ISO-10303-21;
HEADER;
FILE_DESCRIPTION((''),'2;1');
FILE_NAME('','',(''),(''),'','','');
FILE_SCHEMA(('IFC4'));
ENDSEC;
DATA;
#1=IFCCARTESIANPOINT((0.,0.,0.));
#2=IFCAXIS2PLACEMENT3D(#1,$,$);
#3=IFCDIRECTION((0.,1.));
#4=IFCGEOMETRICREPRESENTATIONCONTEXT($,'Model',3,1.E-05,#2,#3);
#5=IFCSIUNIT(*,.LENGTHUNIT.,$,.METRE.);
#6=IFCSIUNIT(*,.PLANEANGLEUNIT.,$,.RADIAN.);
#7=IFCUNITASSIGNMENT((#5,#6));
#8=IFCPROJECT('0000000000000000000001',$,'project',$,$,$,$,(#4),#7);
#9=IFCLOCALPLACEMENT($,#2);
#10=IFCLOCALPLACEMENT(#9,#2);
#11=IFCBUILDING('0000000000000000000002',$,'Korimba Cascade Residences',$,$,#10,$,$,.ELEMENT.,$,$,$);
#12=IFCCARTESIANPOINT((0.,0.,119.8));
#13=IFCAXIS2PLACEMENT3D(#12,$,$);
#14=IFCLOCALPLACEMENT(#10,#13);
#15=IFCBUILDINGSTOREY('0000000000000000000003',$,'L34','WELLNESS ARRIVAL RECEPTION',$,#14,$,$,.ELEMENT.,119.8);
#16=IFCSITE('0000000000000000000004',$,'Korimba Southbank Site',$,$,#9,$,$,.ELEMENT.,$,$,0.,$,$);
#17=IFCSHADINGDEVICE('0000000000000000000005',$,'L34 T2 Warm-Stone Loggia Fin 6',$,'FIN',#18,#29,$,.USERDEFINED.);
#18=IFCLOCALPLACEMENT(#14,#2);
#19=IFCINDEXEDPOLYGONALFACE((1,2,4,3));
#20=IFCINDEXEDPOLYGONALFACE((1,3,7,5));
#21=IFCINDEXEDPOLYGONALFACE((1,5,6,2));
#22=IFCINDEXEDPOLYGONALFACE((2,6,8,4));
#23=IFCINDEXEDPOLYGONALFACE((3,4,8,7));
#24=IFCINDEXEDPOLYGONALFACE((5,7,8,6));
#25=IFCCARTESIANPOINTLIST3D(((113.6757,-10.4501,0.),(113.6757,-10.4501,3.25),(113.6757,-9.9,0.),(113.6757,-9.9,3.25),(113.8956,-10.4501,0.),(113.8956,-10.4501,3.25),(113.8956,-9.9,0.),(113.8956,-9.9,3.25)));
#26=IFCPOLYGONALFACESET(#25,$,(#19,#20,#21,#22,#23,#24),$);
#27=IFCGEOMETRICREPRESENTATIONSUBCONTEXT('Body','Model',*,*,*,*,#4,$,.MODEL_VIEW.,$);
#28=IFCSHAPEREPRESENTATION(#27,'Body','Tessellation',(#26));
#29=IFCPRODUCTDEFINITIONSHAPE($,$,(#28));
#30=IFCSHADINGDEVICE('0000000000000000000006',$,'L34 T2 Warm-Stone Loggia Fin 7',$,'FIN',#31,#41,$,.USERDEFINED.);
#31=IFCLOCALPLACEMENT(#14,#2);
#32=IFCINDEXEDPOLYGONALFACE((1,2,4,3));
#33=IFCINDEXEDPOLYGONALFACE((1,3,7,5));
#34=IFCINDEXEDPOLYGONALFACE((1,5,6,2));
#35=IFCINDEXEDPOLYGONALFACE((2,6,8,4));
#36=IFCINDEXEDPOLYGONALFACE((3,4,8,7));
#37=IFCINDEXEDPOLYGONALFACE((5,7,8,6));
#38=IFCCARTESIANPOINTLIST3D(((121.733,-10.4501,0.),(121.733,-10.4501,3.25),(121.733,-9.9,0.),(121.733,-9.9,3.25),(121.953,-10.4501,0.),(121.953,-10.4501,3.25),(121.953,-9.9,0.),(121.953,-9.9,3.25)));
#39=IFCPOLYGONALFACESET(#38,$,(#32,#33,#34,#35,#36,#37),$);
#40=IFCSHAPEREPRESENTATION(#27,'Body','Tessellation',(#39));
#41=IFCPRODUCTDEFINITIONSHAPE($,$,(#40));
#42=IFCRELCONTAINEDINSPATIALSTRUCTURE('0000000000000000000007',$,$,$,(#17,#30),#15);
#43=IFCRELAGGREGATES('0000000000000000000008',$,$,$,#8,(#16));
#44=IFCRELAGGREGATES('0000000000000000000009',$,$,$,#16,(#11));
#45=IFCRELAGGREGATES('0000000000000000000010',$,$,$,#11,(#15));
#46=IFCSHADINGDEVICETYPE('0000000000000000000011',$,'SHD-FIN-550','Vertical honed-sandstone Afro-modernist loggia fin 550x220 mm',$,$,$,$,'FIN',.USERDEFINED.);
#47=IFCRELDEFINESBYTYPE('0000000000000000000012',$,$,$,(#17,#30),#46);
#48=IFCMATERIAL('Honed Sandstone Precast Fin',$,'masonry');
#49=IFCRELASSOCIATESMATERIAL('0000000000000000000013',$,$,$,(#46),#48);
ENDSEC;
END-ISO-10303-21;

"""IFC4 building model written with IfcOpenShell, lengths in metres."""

from ifc_helpers import new_model, si_unit, direction, frame, origin, origin_2d, place, context, subcontext, project, spatial, rectangle, extrude, material, type_object, element, save


model = new_model("IFC4")

# Units and contexts
model_context = context("Model", 3, precision=1e-05, world=origin(), true_north=direction((0.0, 1.0)))
body_context = subcontext(model_context, "Body", "Model", "MODEL_VIEW")
ifc_project = project(units=[si_unit("LENGTHUNIT", "METRE"), si_unit("PLANEANGLEUNIT", "RADIAN")], contexts=[model_context])

# Site, building, storey
site_placement = place(None, origin())
site = spatial("IfcSite", under=ifc_project, at=site_placement, Name="Korimba Southbank Site", CompositionType="ELEMENT", RefElevation=0.0)
building_placement = place(site_placement, origin())
building = spatial("IfcBuilding", under=site, at=building_placement, Name="Korimba Cascade Residences", CompositionType="ELEMENT")
storey_placement = place(building_placement, frame((0.0, 0.0, 119.8)))
storey = spatial("IfcBuildingStorey", under=building, at=storey_placement, Name="L34", Description="WELLNESS ARRIVAL RECEPTION", CompositionType="ELEMENT", Elevation=119.8)

# Shading devices
ifc_material_1 = material(Name="Honed Sandstone Precast Fin", Category="masonry")
shading_device_type = type_object("IfcShadingDeviceType", Name="SHD-FIN-550", Description="Vertical honed-sandstone Afro-modernist loggia fin 550x220 mm", ElementType="FIN", PredefinedType="USERDEFINED", material=ifc_material_1)
for number, where, z_axis, x_axis, name in (
    (1, (113.7856, -10.175, 0.0), (0.0, 0.0, 1.0), (1.0, 0.0, 0.0), "L34 T2 Warm-Stone Loggia Fin 6"),
    (2, (121.843, -10.175, 0.0), (0.0, 0.0, 1.0), (1.0, 0.0, 0.0), "L34 T2 Warm-Stone Loggia Fin 7"),
):
    element("IfcShadingDevice", number, at=place(storey_placement, frame(where, z_axis=z_axis, x_axis=x_axis)), inside=storey, type_object=shading_device_type, Name=name, ObjectType="FIN", PredefinedType="USERDEFINED", context=body_context, shape_type="SweptSolid", body=[
        extrude(rectangle(XDim=0.22, YDim=0.55, at=origin_2d()), origin(), (0.0, 0.0, 1.0), 3.25),
    ])

save(model, "model.ifc")
